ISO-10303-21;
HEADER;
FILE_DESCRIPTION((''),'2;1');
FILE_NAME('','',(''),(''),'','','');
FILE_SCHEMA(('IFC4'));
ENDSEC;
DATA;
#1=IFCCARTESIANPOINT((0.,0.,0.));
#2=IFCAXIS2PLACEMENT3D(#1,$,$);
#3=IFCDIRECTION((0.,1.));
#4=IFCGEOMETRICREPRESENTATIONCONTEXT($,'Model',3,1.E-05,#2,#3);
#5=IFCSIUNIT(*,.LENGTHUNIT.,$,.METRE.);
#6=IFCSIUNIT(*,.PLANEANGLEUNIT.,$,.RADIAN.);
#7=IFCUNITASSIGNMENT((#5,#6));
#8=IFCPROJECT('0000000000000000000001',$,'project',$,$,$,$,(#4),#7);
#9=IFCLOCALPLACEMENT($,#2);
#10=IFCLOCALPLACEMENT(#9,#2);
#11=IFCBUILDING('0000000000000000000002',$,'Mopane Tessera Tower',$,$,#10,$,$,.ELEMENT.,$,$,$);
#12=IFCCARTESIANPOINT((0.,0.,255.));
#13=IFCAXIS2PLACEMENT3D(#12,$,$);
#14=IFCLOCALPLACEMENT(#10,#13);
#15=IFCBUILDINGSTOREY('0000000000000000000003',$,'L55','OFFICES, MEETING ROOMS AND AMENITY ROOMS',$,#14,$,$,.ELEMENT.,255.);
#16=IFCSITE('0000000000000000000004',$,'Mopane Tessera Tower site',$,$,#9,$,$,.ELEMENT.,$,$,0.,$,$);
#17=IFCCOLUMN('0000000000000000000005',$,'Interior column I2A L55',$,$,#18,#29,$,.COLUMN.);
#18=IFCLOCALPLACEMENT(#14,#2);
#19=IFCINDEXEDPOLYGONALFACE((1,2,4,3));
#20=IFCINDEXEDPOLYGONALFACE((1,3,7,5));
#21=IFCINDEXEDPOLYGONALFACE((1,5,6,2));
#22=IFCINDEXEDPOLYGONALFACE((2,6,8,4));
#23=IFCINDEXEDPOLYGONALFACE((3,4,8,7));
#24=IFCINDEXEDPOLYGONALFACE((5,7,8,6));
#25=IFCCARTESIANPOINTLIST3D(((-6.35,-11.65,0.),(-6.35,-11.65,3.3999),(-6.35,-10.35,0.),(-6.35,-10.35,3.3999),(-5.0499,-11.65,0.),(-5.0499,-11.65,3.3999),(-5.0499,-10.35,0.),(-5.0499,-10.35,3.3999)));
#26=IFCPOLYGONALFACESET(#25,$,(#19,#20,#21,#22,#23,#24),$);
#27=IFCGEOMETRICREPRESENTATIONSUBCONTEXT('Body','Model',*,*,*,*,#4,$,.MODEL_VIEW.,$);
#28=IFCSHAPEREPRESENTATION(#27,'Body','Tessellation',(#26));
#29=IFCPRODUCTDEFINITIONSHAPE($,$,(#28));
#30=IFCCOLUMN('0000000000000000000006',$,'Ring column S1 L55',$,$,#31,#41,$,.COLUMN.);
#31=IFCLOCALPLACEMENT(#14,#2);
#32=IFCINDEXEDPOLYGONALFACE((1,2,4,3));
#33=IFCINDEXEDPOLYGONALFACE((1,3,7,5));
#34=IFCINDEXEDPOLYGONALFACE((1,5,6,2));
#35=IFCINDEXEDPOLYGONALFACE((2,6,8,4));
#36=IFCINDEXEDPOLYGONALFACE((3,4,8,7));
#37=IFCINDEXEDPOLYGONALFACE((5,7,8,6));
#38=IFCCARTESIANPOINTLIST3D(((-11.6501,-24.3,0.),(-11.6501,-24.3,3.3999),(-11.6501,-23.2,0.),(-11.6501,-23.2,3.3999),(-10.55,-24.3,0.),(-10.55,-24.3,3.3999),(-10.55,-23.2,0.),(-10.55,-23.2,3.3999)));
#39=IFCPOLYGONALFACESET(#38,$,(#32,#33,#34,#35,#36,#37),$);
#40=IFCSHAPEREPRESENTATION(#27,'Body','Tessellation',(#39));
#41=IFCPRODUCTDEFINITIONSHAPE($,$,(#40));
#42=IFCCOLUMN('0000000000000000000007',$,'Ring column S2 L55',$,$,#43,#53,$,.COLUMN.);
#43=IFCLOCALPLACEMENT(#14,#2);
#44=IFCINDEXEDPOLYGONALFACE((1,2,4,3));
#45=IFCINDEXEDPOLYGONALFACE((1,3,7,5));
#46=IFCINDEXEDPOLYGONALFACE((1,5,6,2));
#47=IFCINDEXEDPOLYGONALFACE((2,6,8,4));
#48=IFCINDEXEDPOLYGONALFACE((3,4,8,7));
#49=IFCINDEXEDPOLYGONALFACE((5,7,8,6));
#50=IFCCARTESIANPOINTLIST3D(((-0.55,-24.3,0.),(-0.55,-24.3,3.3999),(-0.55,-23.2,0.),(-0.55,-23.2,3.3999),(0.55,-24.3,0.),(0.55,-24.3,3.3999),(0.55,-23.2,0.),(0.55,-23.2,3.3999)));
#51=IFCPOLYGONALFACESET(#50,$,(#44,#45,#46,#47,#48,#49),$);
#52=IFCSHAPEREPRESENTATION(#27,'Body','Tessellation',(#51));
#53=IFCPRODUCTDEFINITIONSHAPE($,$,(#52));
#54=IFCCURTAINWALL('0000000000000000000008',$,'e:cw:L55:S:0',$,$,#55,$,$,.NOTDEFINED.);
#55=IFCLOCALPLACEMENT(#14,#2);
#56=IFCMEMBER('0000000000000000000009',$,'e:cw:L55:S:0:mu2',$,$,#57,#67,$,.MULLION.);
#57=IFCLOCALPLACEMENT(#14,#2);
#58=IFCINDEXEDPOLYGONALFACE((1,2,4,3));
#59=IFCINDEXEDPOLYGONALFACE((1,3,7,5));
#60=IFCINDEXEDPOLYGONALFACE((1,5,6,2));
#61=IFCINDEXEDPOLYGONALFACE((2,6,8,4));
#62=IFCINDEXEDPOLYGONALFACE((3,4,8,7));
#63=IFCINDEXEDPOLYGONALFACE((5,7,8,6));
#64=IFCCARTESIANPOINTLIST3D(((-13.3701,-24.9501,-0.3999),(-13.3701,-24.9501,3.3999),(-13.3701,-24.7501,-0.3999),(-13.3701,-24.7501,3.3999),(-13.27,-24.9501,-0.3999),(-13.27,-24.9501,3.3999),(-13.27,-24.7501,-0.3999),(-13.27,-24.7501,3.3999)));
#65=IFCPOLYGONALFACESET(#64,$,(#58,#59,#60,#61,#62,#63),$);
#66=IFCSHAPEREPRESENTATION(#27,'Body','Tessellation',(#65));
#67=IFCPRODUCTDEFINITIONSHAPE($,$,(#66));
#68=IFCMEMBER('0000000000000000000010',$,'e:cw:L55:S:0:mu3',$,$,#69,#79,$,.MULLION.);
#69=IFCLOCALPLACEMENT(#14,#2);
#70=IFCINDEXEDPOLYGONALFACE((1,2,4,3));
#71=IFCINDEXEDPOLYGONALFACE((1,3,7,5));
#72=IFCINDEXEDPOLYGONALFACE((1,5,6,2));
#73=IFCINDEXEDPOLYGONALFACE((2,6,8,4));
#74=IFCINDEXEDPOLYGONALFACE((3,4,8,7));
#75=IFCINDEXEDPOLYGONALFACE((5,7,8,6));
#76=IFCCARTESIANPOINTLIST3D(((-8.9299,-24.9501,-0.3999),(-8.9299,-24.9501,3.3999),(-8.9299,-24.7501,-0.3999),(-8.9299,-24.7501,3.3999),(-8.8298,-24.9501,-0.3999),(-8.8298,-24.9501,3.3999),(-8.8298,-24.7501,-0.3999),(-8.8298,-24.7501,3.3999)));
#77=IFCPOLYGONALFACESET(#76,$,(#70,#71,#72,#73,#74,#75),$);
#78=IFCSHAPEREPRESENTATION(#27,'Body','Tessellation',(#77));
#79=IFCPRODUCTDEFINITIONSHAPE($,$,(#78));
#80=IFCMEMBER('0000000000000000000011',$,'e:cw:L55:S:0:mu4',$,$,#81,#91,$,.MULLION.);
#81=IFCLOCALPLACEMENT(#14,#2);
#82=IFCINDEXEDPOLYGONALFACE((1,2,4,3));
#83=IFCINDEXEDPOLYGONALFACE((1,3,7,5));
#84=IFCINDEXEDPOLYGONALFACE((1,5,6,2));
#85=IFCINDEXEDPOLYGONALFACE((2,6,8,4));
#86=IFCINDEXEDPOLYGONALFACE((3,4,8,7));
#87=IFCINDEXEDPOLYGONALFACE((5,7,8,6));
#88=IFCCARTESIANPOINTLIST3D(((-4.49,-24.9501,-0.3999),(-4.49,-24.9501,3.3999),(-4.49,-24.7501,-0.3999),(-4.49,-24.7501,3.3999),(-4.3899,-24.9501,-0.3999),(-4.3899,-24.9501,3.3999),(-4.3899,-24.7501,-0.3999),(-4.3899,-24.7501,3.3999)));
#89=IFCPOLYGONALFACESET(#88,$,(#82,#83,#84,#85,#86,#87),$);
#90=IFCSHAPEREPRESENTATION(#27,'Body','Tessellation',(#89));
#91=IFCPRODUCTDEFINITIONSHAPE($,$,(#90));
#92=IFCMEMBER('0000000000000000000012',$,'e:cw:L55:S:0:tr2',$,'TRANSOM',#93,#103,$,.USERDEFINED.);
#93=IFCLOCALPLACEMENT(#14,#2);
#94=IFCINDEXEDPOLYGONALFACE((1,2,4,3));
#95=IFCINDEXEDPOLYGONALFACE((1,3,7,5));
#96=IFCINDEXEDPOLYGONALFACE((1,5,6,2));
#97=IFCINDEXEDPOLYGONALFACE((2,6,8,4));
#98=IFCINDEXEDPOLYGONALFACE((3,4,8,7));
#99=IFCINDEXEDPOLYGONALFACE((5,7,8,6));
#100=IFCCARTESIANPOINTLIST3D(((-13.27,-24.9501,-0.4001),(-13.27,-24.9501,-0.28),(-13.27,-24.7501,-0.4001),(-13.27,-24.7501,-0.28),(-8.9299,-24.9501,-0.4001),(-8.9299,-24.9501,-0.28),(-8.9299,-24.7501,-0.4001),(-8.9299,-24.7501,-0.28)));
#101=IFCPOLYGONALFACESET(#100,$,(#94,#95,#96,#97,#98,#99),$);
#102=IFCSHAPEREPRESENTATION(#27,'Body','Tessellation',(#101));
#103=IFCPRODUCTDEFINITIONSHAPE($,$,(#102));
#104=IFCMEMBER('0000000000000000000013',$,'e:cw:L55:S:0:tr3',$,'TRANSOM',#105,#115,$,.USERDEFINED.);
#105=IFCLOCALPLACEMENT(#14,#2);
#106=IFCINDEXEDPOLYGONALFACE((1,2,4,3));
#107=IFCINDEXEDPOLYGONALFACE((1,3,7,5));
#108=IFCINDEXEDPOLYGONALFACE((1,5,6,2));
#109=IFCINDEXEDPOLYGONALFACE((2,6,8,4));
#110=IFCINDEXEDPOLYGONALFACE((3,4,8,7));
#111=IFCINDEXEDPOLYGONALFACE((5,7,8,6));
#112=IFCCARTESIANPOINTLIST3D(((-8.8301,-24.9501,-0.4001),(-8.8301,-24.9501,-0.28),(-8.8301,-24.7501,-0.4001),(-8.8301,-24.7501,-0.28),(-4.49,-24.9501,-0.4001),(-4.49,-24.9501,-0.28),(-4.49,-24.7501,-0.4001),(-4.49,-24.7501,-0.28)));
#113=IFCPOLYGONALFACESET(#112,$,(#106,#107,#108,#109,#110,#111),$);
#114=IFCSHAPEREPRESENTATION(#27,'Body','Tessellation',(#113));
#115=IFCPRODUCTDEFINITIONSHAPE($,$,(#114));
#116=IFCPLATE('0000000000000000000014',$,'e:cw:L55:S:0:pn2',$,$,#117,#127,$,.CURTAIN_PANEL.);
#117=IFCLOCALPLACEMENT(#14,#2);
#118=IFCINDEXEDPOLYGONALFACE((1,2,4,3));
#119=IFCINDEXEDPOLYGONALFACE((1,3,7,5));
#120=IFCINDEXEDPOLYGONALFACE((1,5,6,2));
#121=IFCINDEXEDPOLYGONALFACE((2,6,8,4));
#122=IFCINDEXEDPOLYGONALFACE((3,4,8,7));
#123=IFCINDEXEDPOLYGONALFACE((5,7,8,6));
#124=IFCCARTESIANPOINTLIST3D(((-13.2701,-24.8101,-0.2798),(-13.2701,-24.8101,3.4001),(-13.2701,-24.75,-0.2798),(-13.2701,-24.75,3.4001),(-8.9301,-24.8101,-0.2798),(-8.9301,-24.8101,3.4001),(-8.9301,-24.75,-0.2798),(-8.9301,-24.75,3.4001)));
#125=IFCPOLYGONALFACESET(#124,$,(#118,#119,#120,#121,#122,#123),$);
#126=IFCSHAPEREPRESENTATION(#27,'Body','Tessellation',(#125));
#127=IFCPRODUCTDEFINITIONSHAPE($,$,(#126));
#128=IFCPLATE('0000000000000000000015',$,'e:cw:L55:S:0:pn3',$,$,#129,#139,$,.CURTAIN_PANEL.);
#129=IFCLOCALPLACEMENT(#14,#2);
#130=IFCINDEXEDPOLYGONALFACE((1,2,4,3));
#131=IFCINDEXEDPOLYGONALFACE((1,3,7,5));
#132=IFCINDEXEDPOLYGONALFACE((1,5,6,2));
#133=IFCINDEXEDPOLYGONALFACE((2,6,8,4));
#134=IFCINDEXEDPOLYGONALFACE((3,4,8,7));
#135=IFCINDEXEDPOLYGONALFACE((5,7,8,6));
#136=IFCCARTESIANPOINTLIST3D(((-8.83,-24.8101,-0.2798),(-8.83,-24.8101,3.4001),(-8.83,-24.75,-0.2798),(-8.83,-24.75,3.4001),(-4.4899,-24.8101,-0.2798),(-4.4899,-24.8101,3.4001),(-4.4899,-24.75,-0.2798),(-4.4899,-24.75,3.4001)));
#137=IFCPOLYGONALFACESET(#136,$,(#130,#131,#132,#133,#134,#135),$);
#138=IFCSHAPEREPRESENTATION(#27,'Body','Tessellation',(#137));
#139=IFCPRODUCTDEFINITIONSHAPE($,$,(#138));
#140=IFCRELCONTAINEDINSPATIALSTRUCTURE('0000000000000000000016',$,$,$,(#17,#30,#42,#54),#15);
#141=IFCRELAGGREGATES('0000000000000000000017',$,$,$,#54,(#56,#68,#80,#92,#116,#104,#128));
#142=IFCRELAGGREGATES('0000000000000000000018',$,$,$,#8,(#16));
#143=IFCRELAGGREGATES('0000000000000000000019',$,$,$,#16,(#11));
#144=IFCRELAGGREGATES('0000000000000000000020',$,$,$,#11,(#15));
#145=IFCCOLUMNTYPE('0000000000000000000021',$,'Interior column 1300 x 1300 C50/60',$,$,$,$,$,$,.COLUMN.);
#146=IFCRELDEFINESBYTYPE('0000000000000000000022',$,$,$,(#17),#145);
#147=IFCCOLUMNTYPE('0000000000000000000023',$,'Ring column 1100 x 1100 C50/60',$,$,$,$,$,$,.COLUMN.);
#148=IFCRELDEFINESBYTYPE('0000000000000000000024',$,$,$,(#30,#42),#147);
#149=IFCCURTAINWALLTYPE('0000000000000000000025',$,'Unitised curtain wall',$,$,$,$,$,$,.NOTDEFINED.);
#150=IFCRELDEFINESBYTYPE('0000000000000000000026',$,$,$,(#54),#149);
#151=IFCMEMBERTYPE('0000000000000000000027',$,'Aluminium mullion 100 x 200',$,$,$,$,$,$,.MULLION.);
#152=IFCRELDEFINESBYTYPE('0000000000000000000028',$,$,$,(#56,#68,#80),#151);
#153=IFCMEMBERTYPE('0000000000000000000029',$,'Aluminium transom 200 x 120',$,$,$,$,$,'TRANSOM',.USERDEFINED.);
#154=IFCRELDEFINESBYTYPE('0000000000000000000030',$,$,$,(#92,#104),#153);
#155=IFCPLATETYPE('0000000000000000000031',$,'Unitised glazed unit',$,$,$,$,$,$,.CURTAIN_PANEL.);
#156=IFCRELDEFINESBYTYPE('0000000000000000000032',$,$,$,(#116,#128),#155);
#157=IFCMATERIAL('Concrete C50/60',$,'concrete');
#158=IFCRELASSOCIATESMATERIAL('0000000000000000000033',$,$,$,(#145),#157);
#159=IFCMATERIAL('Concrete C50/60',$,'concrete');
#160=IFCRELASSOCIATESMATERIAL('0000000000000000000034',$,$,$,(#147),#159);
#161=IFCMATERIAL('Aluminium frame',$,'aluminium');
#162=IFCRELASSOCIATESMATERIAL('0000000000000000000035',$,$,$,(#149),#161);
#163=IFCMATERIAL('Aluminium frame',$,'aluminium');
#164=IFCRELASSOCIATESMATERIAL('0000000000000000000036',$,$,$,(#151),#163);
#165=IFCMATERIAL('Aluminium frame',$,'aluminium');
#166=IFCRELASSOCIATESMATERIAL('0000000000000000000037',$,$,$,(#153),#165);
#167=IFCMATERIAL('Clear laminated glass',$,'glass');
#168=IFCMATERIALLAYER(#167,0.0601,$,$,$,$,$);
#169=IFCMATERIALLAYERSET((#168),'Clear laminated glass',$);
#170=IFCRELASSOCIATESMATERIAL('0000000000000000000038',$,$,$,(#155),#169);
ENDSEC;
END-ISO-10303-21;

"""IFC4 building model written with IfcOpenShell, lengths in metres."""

from ifc_helpers import new_model, si_unit, direction, frame, origin, origin_2d, place, context, subcontext, project, spatial, rectangle, extrude, material, layer, layer_set, material_profile, profile_set, type_object, element, aggregate, save


model = new_model("IFC4")

# Units and contexts
model_context = context("Model", 3, precision=1e-05, world=origin(), true_north=direction((0.0, 1.0)))
body_context = subcontext(model_context, "Body", "Model", "MODEL_VIEW")
ifc_project = project(units=[si_unit("LENGTHUNIT", "METRE"), si_unit("PLANEANGLEUNIT", "RADIAN")], contexts=[model_context])

# Site, building, storey
site_placement = place(None, origin())
site = spatial("IfcSite", under=ifc_project, at=site_placement, Name="Mopane Tessera Tower site", CompositionType="ELEMENT", RefElevation=0.0)
building_placement = place(site_placement, origin())
building = spatial("IfcBuilding", under=site, at=building_placement, Name="Mopane Tessera Tower", CompositionType="ELEMENT")
storey_placement = place(building_placement, frame((0.0, 0.0, 255.0)))
storey = spatial("IfcBuildingStorey", under=building, at=storey_placement, Name="L55", Description="OFFICES, MEETING ROOMS AND AMENITY ROOMS", CompositionType="ELEMENT", Elevation=255.0)

# Columns
ifc_material_1 = material(Name="Concrete C50/60", Category="concrete")
ifc_material_profile_1 = material_profile(ifc_material_1, rectangle(XDim=1.3, YDim=1.3, at=origin_2d()))
ifc_profile_set_1 = profile_set([ifc_material_profile_1], Name="Concrete C50/60")
column_type_1 = type_object("IfcColumnType", Name="Interior column 1300 x 1300 C50/60", PredefinedType="COLUMN", material=ifc_profile_set_1)
column_placement = place(storey_placement, frame((-5.7, -11.0, 0.0), z_axis=(0.0, 0.0, 1.0), x_axis=(1.0, 0.0, 0.0)))
element("IfcColumn", 1, at=column_placement, inside=storey, type_object=column_type_1, Name="Interior column I2A L55", PredefinedType="COLUMN", context=body_context, shape_type="SweptSolid", body=[
    extrude(rectangle(XDim=1.3, YDim=1.3, at=origin_2d()), origin(), (0.0, 0.0, 1.0), 3.3999),
])
ifc_material_2 = material(Name="Concrete C50/60", Category="concrete")
ifc_material_profile_2 = material_profile(ifc_material_2, rectangle(XDim=1.1001, YDim=1.1001, at=origin_2d()))
ifc_profile_set_2 = profile_set([ifc_material_profile_2], Name="Concrete C50/60")
column_type_2 = type_object("IfcColumnType", Name="Ring column 1100 x 1100 C50/60", PredefinedType="COLUMN", material=ifc_profile_set_2)
for number, where, z_axis, x_axis, name in (
    (2, (-11.1001, -23.75, 0.0), (0.0, 0.0, 1.0), (1.0, 0.0, 0.0), "Ring column S1 L55"),
    (3, (0.0, -23.75, 0.0), (0.0, 0.0, 1.0), (1.0, 0.0, 0.0), "Ring column S2 L55"),
):
    element("IfcColumn", number, at=place(storey_placement, frame(where, z_axis=z_axis, x_axis=x_axis)), inside=storey, type_object=column_type_2, Name=name, PredefinedType="COLUMN", context=body_context, shape_type="SweptSolid", body=[
        extrude(rectangle(XDim=1.1001, YDim=1.1001, at=origin_2d()), origin(), (0.0, 0.0, 1.0), 3.3999),
    ])

# Curtain wall, members, plates
ifc_material_3 = material(Name="Aluminium frame", Category="aluminium")
curtain_wall_type = type_object("IfcCurtainWallType", Name="Unitised curtain wall", PredefinedType="NOTDEFINED", material=ifc_material_3)
curtain_wall_placement = place(storey_placement, origin())
curtain_wall = element("IfcCurtainWall", 4, at=curtain_wall_placement, inside=storey, type_object=curtain_wall_type, Name="e:cw:L55:S:0", PredefinedType="NOTDEFINED")
ifc_material_4 = material(Name="Aluminium frame", Category="aluminium")
ifc_material_profile_3 = material_profile(ifc_material_4, rectangle(XDim=0.1001, YDim=0.2, at=origin_2d()))
ifc_profile_set_3 = profile_set([ifc_material_profile_3], Name="Aluminium frame")
member_type_1 = type_object("IfcMemberType", Name="Aluminium mullion 100 x 200", PredefinedType="MULLION", material=ifc_profile_set_3)
member_1_placement = place(storey_placement, frame((-13.3201, -24.8501, -0.3999), z_axis=(0.0, 0.0, 1.0), x_axis=(1.0, 0.0, 0.0)))
member_1 = element("IfcMember", 5, at=member_1_placement, type_object=member_type_1, Name="e:cw:L55:S:0:mu2", PredefinedType="MULLION", context=body_context, shape_type="SweptSolid", body=[
    extrude(rectangle(XDim=0.1001, YDim=0.2, at=origin_2d()), origin(), (0.0, 0.0, 1.0), 3.7998),
])
member_2_placement = place(storey_placement, frame((-8.8799, -24.8501, -0.3999), z_axis=(0.0, 0.0, 1.0), x_axis=(1.0, 0.0, 0.0)))
member_2 = element("IfcMember", 6, at=member_2_placement, type_object=member_type_1, Name="e:cw:L55:S:0:mu3", PredefinedType="MULLION", context=body_context, shape_type="SweptSolid", body=[
    extrude(rectangle(XDim=0.1001, YDim=0.2, at=origin_2d()), origin(), (0.0, 0.0, 1.0), 3.7998),
])
member_3_placement = place(storey_placement, frame((-4.4399, -24.8501, -0.3999), z_axis=(0.0, 0.0, 1.0), x_axis=(1.0, 0.0, 0.0)))
member_3 = element("IfcMember", 7, at=member_3_placement, type_object=member_type_1, Name="e:cw:L55:S:0:mu4", PredefinedType="MULLION", context=body_context, shape_type="SweptSolid", body=[
    extrude(rectangle(XDim=0.1001, YDim=0.2, at=origin_2d()), origin(), (0.0, 0.0, 1.0), 3.7998),
])
ifc_material_5 = material(Name="Aluminium frame", Category="aluminium")
ifc_material_profile_4 = material_profile(ifc_material_5, rectangle(XDim=0.2, YDim=0.1201, at=origin_2d()))
ifc_profile_set_4 = profile_set([ifc_material_profile_4], Name="Aluminium frame")
member_type_2 = type_object("IfcMemberType", Name="Aluminium transom 200 x 120", ElementType="TRANSOM", PredefinedType="USERDEFINED", material=ifc_profile_set_4)
member_4_placement = place(storey_placement, frame((-13.27, -24.8501, -0.3401), z_axis=(1.0, 0.0, 0.0), x_axis=(0.0, 1.0, 0.0)))
member_4 = element("IfcMember", 8, at=member_4_placement, type_object=member_type_2, Name="e:cw:L55:S:0:tr2", ObjectType="TRANSOM", PredefinedType="USERDEFINED", context=body_context, shape_type="SweptSolid", body=[
    extrude(rectangle(XDim=0.2, YDim=0.1201, at=origin_2d()), origin(), (0.0, 0.0, 1.0), 4.3401),
])
member_5_placement = place(storey_placement, frame((-8.8301, -24.8501, -0.3401), z_axis=(1.0, 0.0, 0.0), x_axis=(0.0, 1.0, 0.0)))
member_5 = element("IfcMember", 9, at=member_5_placement, type_object=member_type_2, Name="e:cw:L55:S:0:tr3", ObjectType="TRANSOM", PredefinedType="USERDEFINED", context=body_context, shape_type="SweptSolid", body=[
    extrude(rectangle(XDim=0.2, YDim=0.1201, at=origin_2d()), origin(), (0.0, 0.0, 1.0), 4.3401),
])
ifc_material_6 = material(Name="Clear laminated glass", Category="glass")
ifc_layer_1 = layer(ifc_material_6, 0.0601)
ifc_layer_set_1 = layer_set([ifc_layer_1], Name="Clear laminated glass")
plate_type = type_object("IfcPlateType", Name="Unitised glazed unit", PredefinedType="CURTAIN_PANEL", material=ifc_layer_set_1)
plate_1_placement = place(storey_placement, frame((-11.1001, -24.78, -0.2798), z_axis=(0.0, 0.0, 1.0), x_axis=(1.0, 0.0, 0.0)))
plate_1 = element("IfcPlate", 10, at=plate_1_placement, type_object=plate_type, Name="e:cw:L55:S:0:pn2", PredefinedType="CURTAIN_PANEL", context=body_context, shape_type="SweptSolid", body=[
    extrude(rectangle(XDim=4.3401, YDim=0.0601, at=origin_2d()), origin(), (0.0, 0.0, 1.0), 3.6799),
])
plate_2_placement = place(storey_placement, frame((-6.6599, -24.78, -0.2798), z_axis=(0.0, 0.0, 1.0), x_axis=(1.0, 0.0, 0.0)))
plate_2 = element("IfcPlate", 11, at=plate_2_placement, type_object=plate_type, Name="e:cw:L55:S:0:pn3", PredefinedType="CURTAIN_PANEL", context=body_context, shape_type="SweptSolid", body=[
    extrude(rectangle(XDim=4.3401, YDim=0.0601, at=origin_2d()), origin(), (0.0, 0.0, 1.0), 3.6799),
])
aggregate(curtain_wall, [member_1, member_2, member_3, member_4, plate_1, member_5, plate_2])

save(model, "model.ifc")
